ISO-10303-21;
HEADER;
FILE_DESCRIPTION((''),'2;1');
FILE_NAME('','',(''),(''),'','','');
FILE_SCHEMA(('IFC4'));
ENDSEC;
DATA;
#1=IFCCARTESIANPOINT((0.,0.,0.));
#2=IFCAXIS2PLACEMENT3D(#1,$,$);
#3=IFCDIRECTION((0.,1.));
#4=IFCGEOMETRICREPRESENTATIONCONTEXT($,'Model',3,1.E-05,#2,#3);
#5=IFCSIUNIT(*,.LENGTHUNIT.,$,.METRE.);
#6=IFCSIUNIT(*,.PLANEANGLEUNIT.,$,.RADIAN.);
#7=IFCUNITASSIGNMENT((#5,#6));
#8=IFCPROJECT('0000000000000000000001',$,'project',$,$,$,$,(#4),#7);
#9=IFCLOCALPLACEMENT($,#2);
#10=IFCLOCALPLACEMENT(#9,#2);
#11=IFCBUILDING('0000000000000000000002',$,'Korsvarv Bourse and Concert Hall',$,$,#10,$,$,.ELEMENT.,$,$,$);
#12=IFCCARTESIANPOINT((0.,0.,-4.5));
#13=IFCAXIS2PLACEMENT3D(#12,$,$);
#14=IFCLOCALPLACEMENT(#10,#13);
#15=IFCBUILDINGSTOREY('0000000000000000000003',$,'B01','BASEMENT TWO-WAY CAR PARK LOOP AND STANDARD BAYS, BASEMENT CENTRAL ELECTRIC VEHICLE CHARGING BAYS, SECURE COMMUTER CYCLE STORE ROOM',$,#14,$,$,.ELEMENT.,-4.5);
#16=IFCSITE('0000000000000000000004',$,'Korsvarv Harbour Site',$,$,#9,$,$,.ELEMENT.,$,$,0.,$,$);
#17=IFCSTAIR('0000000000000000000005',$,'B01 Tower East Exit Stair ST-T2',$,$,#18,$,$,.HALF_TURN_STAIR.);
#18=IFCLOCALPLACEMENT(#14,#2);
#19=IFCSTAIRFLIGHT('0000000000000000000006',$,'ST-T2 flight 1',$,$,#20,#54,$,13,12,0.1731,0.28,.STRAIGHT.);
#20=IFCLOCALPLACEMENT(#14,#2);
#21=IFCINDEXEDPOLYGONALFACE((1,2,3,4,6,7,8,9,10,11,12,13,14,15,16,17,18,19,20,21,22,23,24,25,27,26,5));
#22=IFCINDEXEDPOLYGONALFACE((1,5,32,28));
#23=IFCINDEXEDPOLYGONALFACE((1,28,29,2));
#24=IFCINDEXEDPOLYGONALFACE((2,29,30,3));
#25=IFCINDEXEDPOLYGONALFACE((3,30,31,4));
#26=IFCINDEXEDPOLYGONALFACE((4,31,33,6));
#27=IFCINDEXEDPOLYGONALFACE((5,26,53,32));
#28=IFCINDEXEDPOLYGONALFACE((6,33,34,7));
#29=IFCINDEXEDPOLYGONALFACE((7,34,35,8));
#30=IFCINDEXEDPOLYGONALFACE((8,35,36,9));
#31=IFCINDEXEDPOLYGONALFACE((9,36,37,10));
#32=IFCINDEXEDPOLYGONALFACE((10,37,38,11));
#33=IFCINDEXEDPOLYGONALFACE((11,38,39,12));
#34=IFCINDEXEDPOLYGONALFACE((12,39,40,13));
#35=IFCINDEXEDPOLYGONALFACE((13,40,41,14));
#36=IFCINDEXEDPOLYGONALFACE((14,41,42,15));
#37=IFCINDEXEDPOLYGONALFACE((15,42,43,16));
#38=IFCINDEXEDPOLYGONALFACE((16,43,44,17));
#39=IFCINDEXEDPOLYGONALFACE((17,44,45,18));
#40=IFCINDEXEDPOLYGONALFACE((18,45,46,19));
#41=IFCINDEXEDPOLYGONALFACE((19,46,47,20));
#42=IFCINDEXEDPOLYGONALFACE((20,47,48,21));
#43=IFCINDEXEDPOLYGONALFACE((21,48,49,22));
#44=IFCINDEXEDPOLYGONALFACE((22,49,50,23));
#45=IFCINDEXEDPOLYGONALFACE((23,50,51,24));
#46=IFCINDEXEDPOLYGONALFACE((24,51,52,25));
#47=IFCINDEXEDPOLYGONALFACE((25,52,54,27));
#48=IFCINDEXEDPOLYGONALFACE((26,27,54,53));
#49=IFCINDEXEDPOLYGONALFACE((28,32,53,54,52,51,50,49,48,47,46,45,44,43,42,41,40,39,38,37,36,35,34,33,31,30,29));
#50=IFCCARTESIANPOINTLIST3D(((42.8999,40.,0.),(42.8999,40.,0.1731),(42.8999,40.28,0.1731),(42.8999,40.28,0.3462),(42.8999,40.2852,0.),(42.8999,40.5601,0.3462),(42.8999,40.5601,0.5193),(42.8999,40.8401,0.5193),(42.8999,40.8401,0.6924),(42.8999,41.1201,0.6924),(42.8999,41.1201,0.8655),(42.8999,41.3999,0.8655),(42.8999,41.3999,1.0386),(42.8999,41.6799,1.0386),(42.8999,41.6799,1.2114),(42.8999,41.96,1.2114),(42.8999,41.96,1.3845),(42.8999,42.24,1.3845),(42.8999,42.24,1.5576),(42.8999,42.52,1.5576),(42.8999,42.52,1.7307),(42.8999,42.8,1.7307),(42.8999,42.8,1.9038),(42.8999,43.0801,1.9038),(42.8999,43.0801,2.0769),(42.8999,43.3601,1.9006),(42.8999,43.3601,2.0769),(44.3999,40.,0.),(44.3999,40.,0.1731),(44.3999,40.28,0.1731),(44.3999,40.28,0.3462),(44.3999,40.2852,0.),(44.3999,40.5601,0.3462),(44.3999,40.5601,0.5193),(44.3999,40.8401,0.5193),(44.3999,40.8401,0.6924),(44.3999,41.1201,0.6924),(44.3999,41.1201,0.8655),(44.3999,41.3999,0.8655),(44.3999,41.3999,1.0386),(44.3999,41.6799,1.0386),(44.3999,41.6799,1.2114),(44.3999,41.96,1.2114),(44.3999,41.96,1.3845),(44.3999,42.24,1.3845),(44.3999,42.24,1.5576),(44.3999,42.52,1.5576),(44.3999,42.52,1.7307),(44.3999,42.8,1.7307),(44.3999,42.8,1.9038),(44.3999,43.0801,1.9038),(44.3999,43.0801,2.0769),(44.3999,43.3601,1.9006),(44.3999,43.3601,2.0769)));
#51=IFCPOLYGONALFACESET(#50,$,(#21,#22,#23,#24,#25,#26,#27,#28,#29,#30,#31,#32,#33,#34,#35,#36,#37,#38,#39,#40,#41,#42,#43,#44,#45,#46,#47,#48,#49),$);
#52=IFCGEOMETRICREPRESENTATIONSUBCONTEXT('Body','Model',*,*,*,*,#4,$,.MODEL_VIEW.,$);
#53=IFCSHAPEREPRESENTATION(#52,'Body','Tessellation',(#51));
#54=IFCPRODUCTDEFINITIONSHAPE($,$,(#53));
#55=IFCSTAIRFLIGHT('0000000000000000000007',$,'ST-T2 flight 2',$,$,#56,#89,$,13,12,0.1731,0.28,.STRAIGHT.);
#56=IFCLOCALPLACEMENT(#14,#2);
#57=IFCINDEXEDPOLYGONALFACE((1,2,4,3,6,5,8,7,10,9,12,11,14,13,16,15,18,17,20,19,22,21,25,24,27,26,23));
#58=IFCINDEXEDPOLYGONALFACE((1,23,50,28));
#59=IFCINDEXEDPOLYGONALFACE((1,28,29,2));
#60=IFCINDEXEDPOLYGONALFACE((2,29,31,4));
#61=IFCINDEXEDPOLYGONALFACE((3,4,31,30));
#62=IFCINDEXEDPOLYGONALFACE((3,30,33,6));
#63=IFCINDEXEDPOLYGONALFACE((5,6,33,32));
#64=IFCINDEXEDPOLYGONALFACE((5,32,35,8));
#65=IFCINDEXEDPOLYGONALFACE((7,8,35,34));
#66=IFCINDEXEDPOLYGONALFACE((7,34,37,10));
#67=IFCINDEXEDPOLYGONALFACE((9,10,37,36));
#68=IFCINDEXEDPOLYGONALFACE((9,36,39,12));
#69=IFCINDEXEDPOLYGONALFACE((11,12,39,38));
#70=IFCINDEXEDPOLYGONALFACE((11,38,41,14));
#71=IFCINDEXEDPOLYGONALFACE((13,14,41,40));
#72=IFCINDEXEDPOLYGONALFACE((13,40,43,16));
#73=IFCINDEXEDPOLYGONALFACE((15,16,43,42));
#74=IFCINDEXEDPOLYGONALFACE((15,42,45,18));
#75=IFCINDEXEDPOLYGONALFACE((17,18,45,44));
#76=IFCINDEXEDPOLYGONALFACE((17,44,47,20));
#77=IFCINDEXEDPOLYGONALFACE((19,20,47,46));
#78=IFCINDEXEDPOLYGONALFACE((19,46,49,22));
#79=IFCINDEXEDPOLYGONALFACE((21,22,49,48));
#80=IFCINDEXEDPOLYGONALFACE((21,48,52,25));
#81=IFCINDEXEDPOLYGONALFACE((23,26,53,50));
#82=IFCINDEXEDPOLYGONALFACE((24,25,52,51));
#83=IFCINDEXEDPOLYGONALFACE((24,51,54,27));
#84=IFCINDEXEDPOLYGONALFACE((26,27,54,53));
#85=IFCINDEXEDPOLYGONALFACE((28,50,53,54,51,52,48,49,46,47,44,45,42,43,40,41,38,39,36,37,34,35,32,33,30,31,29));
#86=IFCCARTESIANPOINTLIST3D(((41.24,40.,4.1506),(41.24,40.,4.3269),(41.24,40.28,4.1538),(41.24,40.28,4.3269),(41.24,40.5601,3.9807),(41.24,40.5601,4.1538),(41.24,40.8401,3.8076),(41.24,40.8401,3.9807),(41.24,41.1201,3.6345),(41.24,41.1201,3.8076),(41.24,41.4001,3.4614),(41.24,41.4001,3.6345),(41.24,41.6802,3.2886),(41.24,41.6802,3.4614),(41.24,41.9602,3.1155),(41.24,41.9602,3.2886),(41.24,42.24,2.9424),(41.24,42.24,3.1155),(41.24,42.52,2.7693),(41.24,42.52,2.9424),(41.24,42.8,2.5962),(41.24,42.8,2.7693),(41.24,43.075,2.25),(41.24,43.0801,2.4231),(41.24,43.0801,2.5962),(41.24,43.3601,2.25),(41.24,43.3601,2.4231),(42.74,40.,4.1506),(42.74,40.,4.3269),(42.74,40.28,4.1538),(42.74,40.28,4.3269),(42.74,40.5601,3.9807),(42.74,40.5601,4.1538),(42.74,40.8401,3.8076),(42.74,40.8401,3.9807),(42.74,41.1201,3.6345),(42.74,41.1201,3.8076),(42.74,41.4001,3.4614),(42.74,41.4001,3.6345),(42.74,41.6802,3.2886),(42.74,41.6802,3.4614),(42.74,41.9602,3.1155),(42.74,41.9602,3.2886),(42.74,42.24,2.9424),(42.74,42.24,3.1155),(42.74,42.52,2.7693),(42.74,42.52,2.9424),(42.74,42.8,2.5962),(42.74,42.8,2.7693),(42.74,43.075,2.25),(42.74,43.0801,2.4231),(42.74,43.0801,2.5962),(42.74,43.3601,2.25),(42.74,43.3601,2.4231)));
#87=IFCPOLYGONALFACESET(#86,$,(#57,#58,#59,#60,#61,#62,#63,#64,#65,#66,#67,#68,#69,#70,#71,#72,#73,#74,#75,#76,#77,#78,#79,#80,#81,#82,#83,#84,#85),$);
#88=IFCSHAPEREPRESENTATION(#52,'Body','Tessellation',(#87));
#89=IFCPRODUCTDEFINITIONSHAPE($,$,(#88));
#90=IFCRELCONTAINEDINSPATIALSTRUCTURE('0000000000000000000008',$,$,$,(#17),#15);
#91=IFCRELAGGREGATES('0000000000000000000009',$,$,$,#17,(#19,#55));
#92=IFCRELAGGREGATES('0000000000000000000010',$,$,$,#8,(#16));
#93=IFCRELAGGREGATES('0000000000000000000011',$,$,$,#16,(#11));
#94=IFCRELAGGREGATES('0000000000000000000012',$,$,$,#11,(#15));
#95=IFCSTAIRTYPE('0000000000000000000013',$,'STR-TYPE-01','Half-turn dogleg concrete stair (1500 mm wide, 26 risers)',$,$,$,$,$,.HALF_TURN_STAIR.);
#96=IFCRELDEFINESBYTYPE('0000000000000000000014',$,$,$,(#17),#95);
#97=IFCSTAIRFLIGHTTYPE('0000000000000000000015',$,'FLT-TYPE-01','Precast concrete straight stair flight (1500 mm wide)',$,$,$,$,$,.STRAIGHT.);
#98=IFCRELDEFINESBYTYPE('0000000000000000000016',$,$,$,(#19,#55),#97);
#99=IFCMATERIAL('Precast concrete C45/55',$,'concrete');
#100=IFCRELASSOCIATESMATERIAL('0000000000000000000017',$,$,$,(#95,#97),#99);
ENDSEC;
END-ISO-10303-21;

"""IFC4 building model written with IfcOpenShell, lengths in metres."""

from ifc_helpers import new_model, si_unit, direction, frame, origin, place, context, subcontext, project, spatial, polyline, outline, extrude, material, type_object, element, aggregate, save


model = new_model("IFC4")

# Units and contexts
model_context = context("Model", 3, precision=1e-05, world=origin(), true_north=direction((0.0, 1.0)))
body_context = subcontext(model_context, "Body", "Model", "MODEL_VIEW")
ifc_project = project(units=[si_unit("LENGTHUNIT", "METRE"), si_unit("PLANEANGLEUNIT", "RADIAN")], contexts=[model_context])

# Site, building, storey
site_placement = place(None, origin())
site = spatial("IfcSite", under=ifc_project, at=site_placement, Name="Korsvarv Harbour Site", CompositionType="ELEMENT", RefElevation=0.0)
building_placement = place(site_placement, origin())
building = spatial("IfcBuilding", under=site, at=building_placement, Name="Korsvarv Bourse and Concert Hall", CompositionType="ELEMENT")
storey_placement = place(building_placement, frame((0.0, 0.0, -4.5)))
storey = spatial("IfcBuildingStorey", under=building, at=storey_placement, Name="B01", Description="BASEMENT TWO-WAY CAR PARK LOOP AND STANDARD BAYS, BASEMENT CENTRAL ELECTRIC VEHICLE CHARGING BAYS, SECURE COMMUTER CYCLE STORE ROOM", CompositionType="ELEMENT", Elevation=-4.5)

# Stair, stair flights
ifc_material_1 = material(Name="Precast concrete C45/55", Category="concrete")
stair_type = type_object("IfcStairType", Name="STR-TYPE-01", Description="Half-turn dogleg concrete stair (1500 mm wide, 26 risers)", PredefinedType="HALF_TURN_STAIR", material=ifc_material_1)
stair_placement = place(storey_placement, origin())
stair = element("IfcStair", 1, at=stair_placement, inside=storey, type_object=stair_type, Name="B01 Tower East Exit Stair ST-T2", PredefinedType="HALF_TURN_STAIR")
stair_flight_type = type_object("IfcStairFlightType", Name="FLT-TYPE-01", Description="Precast concrete straight stair flight (1500 mm wide)", PredefinedType="STRAIGHT", material=ifc_material_1)
stair_flight_1_placement = place(storey_placement, frame((43.6499, 40.0, 0.0), z_axis=(0.0, 0.0, 1.0), x_axis=(0.0, 1.0, 0.0)))
stair_flight_1 = element("IfcStairFlight", 2, at=stair_flight_1_placement, type_object=stair_flight_type, Name="ST-T2 flight 1", NumberOfRisers=13, NumberOfTreads=12, PredefinedType="STRAIGHT", RiserHeight=0.1731, TreadLength=0.28, context=body_context, shape_type="SweptSolid", body=[
    extrude(outline(polyline([(0.0, 0.0), (0.0, 0.1731), (0.28, 0.1731), (0.28, 0.3462), (0.5601, 0.3462), (0.5601, 0.5193), (0.8401, 0.5193), (0.8401, 0.6924), (1.1201, 0.6924), (1.1201, 0.8655), (1.3999, 0.8655), (1.3999, 1.0386), (1.6799, 1.0386), (1.6799, 1.2114), (1.96, 1.2114), (1.96, 1.3845), (2.24, 1.3845), (2.24, 1.5576), (2.52, 1.5576), (2.52, 1.7307), (2.8, 1.7307), (2.8, 1.9038), (3.0801, 1.9038), (3.0801, 2.0769), (3.3601, 2.0769), (3.3601, 2.25), (3.3601, 1.9006), (0.2852, 0.0), (0.0, 0.0)])), frame((0.0, 0.75, 0.0), z_axis=(0.0, -1.0, 0.0), x_axis=(1.0, 0.0, 0.0)), (0.0, 0.0, 1.0), 1.5),
])
stair_flight_2_placement = place(storey_placement, frame((41.99, 43.3601, 2.25), z_axis=(0.0, 0.0, 1.0), x_axis=(0.0, -1.0, 0.0)))
stair_flight_2 = element("IfcStairFlight", 3, at=stair_flight_2_placement, type_object=stair_flight_type, Name="ST-T2 flight 2", NumberOfRisers=13, NumberOfTreads=12, PredefinedType="STRAIGHT", RiserHeight=0.1731, TreadLength=0.28, context=body_context, shape_type="SweptSolid", body=[
    extrude(outline(polyline([(0.0, 0.0), (0.0, 0.1731), (0.28, 0.1731), (0.28, 0.3462), (0.5601, 0.3462), (0.5601, 0.5193), (0.8401, 0.5193), (0.8401, 0.6924), (1.1201, 0.6924), (1.1201, 0.8655), (1.3999, 0.8655), (1.3999, 1.0386), (1.6799, 1.0386), (1.6799, 1.2114), (1.96, 1.2114), (1.96, 1.3845), (2.24, 1.3845), (2.24, 1.5576), (2.52, 1.5576), (2.52, 1.7307), (2.8, 1.7307), (2.8, 1.9038), (3.0801, 1.9038), (3.0801, 2.0769), (3.3601, 2.0769), (3.3601, 2.25), (3.3601, 1.9006), (0.2852, 0.0), (0.0, 0.0)])), frame((0.0, 0.75, 0.0), z_axis=(0.0, -1.0, 0.0), x_axis=(1.0, 0.0, 0.0)), (0.0, 0.0, 1.0), 1.5),
])
aggregate(stair, [stair_flight_1, stair_flight_2])

save(model, "model.ifc")
